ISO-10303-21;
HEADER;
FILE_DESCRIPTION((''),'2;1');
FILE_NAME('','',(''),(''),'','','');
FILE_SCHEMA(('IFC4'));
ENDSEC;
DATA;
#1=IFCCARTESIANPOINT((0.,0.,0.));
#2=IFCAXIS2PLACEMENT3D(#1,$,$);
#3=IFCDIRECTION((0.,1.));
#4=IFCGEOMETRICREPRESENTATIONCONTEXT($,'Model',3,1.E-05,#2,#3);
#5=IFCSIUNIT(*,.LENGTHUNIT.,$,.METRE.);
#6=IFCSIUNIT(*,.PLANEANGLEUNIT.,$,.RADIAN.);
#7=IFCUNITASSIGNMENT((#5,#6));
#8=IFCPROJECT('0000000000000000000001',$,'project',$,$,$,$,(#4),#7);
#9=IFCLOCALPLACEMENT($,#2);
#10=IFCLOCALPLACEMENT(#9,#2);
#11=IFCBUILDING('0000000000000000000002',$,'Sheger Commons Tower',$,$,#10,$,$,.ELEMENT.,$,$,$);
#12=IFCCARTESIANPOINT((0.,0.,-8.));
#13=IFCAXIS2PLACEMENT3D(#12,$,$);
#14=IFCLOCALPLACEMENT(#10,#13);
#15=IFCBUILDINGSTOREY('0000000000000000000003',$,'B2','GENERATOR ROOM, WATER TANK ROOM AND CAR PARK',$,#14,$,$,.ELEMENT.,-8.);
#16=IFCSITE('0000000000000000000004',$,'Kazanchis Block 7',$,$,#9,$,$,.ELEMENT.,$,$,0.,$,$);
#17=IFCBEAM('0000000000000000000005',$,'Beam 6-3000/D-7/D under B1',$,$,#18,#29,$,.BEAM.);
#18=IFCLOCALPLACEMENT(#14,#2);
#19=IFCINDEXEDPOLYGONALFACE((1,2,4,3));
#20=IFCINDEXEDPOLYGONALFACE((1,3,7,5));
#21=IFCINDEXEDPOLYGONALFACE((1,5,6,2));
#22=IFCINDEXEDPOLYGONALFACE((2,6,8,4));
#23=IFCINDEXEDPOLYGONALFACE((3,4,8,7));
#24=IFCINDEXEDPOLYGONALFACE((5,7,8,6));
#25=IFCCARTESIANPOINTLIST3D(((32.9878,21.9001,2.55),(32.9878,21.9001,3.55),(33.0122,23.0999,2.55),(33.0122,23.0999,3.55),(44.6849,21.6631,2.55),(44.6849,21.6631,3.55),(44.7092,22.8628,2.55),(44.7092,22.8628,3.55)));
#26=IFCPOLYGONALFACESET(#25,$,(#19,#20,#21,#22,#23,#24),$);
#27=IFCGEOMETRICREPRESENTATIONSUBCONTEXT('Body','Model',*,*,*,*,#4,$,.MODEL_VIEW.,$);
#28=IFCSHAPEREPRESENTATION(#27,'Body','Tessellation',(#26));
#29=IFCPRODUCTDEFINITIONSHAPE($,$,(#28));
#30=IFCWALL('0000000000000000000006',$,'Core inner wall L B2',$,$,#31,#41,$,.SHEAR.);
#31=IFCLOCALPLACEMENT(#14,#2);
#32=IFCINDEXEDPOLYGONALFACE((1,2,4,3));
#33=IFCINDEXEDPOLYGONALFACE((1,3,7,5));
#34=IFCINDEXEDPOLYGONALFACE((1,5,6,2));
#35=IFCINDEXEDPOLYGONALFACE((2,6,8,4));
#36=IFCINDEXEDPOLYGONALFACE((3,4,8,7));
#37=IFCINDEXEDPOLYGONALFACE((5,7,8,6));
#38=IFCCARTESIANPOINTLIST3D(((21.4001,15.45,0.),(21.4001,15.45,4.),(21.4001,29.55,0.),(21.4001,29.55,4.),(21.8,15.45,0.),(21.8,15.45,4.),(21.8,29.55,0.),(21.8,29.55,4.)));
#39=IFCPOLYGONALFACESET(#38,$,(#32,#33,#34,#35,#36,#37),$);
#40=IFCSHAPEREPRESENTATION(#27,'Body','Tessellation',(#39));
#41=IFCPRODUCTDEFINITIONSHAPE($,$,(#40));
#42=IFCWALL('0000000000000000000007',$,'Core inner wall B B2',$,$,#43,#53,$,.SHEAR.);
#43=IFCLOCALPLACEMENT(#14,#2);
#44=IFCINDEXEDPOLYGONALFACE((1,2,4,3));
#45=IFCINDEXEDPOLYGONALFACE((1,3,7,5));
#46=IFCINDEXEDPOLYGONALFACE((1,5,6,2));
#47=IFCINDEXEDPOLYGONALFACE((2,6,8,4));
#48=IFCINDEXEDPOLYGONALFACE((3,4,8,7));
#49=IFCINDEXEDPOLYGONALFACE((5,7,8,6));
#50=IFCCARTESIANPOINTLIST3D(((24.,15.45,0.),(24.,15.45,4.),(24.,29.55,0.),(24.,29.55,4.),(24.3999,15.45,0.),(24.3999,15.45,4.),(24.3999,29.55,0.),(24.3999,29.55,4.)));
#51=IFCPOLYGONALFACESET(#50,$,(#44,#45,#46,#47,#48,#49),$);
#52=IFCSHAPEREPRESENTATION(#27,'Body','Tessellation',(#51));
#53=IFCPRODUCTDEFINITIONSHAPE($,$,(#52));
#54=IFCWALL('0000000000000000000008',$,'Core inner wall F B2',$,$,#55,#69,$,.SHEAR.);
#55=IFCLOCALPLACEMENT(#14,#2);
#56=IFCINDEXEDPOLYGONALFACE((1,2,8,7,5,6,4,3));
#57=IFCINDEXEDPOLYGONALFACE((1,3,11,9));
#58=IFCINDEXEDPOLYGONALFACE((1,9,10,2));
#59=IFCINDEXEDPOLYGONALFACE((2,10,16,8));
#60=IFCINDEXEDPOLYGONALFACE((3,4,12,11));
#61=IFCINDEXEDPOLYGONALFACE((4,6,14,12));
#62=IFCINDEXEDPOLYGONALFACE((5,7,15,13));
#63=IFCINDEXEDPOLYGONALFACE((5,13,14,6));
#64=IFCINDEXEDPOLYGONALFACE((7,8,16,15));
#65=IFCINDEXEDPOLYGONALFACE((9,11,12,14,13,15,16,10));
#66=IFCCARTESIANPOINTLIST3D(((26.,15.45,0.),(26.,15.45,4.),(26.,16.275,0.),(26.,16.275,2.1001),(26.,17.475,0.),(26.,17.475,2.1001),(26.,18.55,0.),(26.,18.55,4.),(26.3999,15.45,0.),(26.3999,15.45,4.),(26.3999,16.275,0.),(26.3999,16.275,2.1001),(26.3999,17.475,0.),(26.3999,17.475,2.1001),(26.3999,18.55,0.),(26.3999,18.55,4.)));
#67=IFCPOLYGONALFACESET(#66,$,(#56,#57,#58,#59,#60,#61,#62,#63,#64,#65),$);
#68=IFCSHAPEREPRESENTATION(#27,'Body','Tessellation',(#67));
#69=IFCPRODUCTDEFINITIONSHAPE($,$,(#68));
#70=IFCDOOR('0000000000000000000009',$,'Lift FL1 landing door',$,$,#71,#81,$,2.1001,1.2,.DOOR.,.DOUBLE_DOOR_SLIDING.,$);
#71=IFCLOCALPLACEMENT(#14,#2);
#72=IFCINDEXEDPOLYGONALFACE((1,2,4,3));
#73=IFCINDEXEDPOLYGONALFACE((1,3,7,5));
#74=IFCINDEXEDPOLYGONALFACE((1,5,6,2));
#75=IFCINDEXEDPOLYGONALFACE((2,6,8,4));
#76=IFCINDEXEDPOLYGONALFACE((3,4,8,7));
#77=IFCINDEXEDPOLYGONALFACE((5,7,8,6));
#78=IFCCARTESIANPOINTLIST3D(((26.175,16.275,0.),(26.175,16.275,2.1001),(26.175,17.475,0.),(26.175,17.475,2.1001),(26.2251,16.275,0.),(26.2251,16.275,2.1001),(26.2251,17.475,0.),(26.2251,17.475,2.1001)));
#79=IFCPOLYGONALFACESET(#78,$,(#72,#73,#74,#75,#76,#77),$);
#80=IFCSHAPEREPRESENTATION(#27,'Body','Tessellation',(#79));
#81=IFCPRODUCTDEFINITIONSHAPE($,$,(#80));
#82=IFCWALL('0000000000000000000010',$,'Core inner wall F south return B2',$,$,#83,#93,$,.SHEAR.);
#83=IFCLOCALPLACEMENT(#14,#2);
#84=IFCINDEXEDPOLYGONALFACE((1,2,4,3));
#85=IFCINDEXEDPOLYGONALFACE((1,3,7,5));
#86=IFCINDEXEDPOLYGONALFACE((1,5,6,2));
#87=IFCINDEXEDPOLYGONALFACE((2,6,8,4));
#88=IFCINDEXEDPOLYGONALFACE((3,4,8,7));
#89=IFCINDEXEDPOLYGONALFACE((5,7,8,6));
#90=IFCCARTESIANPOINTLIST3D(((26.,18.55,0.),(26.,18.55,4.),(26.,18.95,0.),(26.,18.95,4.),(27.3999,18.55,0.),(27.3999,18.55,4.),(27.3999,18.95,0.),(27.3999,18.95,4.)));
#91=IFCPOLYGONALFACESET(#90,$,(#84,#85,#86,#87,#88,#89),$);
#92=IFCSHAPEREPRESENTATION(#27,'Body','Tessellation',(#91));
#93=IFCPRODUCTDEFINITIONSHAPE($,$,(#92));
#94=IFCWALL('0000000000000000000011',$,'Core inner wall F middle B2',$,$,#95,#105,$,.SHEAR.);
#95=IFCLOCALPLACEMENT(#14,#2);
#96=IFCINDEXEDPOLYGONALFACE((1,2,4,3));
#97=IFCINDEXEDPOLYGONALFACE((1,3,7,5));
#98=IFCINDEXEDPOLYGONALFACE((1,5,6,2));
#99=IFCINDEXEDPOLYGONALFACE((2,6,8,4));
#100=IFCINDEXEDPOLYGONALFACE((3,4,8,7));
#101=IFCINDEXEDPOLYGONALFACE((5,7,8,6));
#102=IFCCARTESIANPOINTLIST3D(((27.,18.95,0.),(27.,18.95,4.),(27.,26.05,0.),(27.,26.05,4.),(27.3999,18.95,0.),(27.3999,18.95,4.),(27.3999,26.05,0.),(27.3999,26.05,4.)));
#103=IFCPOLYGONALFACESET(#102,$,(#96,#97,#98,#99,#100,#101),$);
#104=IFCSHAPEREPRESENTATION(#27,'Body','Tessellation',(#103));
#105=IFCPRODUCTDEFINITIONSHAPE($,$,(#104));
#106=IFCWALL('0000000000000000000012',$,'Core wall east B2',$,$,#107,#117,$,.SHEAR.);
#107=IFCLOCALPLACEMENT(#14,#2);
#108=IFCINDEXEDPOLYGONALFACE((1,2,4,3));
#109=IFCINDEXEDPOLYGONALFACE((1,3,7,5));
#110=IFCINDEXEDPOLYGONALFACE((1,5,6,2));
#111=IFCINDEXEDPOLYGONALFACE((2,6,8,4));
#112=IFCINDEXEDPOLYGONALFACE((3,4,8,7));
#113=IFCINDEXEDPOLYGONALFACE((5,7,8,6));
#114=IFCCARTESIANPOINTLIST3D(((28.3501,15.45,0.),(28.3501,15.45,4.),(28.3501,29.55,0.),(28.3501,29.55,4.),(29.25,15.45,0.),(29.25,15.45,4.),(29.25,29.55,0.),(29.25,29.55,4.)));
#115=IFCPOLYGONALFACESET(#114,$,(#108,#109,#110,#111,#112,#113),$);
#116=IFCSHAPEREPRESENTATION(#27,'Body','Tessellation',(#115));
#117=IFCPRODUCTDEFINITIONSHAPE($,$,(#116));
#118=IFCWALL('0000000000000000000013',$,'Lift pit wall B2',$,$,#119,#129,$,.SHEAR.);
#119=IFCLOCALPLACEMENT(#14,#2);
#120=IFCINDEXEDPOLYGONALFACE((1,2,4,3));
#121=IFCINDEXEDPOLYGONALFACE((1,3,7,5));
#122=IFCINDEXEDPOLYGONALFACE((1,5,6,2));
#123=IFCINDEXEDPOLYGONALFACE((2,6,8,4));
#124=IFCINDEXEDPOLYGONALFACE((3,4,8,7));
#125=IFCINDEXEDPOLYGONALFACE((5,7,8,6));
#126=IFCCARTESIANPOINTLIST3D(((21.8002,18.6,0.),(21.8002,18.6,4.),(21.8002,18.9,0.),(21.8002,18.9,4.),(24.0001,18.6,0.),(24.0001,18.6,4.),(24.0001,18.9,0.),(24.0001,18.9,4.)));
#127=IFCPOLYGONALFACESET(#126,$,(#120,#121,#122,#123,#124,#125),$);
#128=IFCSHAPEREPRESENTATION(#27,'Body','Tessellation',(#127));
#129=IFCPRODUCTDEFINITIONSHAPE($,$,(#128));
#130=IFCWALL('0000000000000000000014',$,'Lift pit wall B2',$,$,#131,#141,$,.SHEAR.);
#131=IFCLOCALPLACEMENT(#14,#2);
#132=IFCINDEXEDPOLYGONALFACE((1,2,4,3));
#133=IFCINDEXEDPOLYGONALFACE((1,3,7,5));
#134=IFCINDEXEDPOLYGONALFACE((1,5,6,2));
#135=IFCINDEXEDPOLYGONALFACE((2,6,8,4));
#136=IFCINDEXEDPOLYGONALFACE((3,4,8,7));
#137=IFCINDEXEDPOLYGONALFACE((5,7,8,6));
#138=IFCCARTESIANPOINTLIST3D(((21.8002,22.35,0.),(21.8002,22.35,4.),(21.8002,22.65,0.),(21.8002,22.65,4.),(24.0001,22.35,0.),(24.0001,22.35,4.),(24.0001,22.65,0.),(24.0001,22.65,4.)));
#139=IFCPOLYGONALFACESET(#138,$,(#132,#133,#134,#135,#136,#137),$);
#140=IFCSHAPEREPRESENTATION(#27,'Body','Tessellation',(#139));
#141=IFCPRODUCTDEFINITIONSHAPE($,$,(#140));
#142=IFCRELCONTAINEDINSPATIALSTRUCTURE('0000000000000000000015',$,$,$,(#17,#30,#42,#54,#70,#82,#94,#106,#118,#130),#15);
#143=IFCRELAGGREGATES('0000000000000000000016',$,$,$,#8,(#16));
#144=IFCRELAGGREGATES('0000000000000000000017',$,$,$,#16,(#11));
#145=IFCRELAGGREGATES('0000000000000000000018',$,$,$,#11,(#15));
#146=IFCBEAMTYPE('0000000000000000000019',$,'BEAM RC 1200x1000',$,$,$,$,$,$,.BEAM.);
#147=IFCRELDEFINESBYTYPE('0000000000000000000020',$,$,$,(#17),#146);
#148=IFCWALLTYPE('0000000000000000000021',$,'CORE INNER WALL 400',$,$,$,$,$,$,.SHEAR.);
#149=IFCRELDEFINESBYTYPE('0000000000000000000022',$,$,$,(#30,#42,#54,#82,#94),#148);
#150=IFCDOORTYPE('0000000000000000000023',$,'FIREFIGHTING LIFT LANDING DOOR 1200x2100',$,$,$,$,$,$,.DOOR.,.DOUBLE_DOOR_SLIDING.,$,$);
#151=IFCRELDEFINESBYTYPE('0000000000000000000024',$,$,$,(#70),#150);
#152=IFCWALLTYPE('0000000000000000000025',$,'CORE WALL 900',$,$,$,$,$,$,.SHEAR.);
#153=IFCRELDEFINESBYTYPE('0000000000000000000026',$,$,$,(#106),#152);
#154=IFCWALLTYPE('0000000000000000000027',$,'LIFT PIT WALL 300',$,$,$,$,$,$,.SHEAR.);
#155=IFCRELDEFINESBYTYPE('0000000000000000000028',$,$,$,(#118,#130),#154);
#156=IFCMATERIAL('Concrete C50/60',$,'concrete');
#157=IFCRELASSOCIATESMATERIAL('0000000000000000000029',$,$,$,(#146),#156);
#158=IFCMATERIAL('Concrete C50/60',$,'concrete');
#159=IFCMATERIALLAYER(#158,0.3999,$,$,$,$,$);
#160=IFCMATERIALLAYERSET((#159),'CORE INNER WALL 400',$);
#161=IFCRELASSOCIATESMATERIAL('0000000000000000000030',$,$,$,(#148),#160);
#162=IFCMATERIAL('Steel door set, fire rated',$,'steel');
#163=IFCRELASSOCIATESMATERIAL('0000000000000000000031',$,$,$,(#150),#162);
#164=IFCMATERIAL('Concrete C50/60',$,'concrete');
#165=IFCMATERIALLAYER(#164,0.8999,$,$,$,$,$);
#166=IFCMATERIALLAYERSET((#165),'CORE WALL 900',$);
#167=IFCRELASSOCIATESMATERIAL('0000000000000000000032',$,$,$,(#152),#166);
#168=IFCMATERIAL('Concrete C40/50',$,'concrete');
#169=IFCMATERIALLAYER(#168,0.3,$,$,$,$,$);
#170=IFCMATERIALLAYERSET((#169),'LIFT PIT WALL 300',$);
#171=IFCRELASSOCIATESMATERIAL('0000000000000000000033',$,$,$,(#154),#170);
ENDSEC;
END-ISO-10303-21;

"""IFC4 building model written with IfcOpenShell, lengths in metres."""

from ifc_helpers import new_model, si_unit, direction, frame, frame_2d, origin, origin_2d, place, context, subcontext, project, spatial, rectangle, extrude, material, layer, layer_set, material_profile, profile_set, type_object, element, fill, save


model = new_model("IFC4")

# Units and contexts
model_context = context("Model", 3, precision=1e-05, world=origin(), true_north=direction((0.0, 1.0)))
body_context = subcontext(model_context, "Body", "Model", "MODEL_VIEW")
ifc_project = project(units=[si_unit("LENGTHUNIT", "METRE"), si_unit("PLANEANGLEUNIT", "RADIAN")], contexts=[model_context])

# Site, building, storey
site_placement = place(None, origin())
site = spatial("IfcSite", under=ifc_project, at=site_placement, Name="Kazanchis Block 7", CompositionType="ELEMENT", RefElevation=0.0)
building_placement = place(site_placement, origin())
building = spatial("IfcBuilding", under=site, at=building_placement, Name="Sheger Commons Tower", CompositionType="ELEMENT")
storey_placement = place(building_placement, frame((0.0, 0.0, -8.0)))
storey = spatial("IfcBuildingStorey", under=building, at=storey_placement, Name="B2", Description="GENERATOR ROOM, WATER TANK ROOM AND CAR PARK", CompositionType="ELEMENT", Elevation=-8.0)

# Beam
ifc_material_1 = material(Name="Concrete C50/60", Category="concrete")
ifc_material_profile_1 = material_profile(ifc_material_1, rectangle(XDim=1.2, YDim=1.0, at=origin_2d()), Name="RC 1200x1000")
ifc_profile_set_1 = profile_set([ifc_material_profile_1], Name="Concrete C50/60")
beam_type = type_object("IfcBeamType", Name="BEAM RC 1200x1000", PredefinedType="BEAM", material=ifc_profile_set_1)
beam_1_placement = place(storey_placement, frame((33.0, 22.5, 3.05), z_axis=(0.999795, -0.020263, 0.0), x_axis=(0.020263, 0.999795, 0.0)))
element("IfcBeam", 1, at=beam_1_placement, inside=storey, type_object=beam_type, Name="Beam 6-3000/D-7/D under B1", PredefinedType="BEAM", context=body_context, shape_type="SweptSolid", body=[
    extrude(rectangle(XDim=1.2, YDim=1.0, at=origin_2d()), origin(), (0.0, 0.0, 1.0), 11.6995),
])

# Walls
ifc_material_2 = material(Name="Concrete C50/60", Category="concrete")
ifc_layer_1 = layer(ifc_material_2, 0.3999)
ifc_layer_set_1 = layer_set([ifc_layer_1], Name="CORE INNER WALL 400")
wall_type_1 = type_object("IfcWallType", Name="CORE INNER WALL 400", PredefinedType="SHEAR", material=ifc_layer_set_1)
for number, where, z_axis, x_axis, name in (
    (2, (21.6001, 15.45, 0.0), (0.0, 0.0, 1.0), (0.0, 1.0, 0.0), "Core inner wall L B2"),
    (3, (24.2, 15.45, 0.0), (0.0, 0.0, 1.0), (0.0, 1.0, 0.0), "Core inner wall B B2"),
):
    element("IfcWall", number, at=place(storey_placement, frame(where, z_axis=z_axis, x_axis=x_axis)), inside=storey, type_object=wall_type_1, Name=name, PredefinedType="SHEAR", context=body_context, shape_type="SweptSolid", body=[
        extrude(rectangle(XDim=14.1001, YDim=0.3999, at=frame_2d((7.05, 0.0))), origin(), (0.0, 0.0, 1.0), 4.0),
    ])

# Wall, opening, door
wall_1_placement = place(storey_placement, frame((26.2, 15.45, 0.0), z_axis=(0.0, 0.0, 1.0), x_axis=(0.0, 1.0, 0.0)))
wall_1 = element("IfcWall", 4, at=wall_1_placement, inside=storey, type_object=wall_type_1, Name="Core inner wall F B2", PredefinedType="SHEAR", context=body_context, shape_type="SweptSolid", body=[
    extrude(rectangle(XDim=3.1001, YDim=0.3999, at=frame_2d((1.55, 0.0))), origin(), (0.0, 0.0, 1.0), 4.0),
])
opening_1_placement = place(wall_1_placement, frame((0.825, 0.0, 0.0)))
opening_1 = element("IfcOpeningElement", 5, at=opening_1_placement, cuts=wall_1, PredefinedType="OPENING", context=body_context, shape_type="SweptSolid", body=[
    extrude(rectangle(XDim=1.2, YDim=2.1001, at=frame_2d((0.6001, 1.05))), frame((0.0, 0.21, 0.0), z_axis=(0.0, -1.0, 0.0), x_axis=(1.0, 0.0, 0.0)), (0.0, 0.0, 1.0), 0.4199),
])
ifc_material_3 = material(Name="Steel door set, fire rated", Category="steel")
door_type_1 = type_object("IfcDoorType", Name="FIREFIGHTING LIFT LANDING DOOR 1200x2100", OperationType="DOUBLE_DOOR_SLIDING", PredefinedType="DOOR", material=ifc_material_3)
door_1_placement = place(opening_1_placement, origin())
door_1 = element("IfcDoor", 6, at=door_1_placement, inside=storey, type_object=door_type_1, Name="Lift FL1 landing door", OperationType="DOUBLE_DOOR_SLIDING", OverallHeight=2.1001, OverallWidth=1.2, PredefinedType="DOOR", context=body_context, shape_type="SweptSolid", body=[
    extrude(rectangle(XDim=1.2, YDim=2.1001, at=frame_2d((0.6001, 1.05))), frame((0.0, 0.0249, 0.0), z_axis=(0.0, -1.0, 0.0), x_axis=(1.0, 0.0, 0.0)), (0.0, 0.0, 1.0), 0.05),
])
fill(opening_1, door_1)

# Walls
wall_2_placement = place(storey_placement, frame((26.0, 18.75, 0.0), z_axis=(0.0, 0.0, 1.0), x_axis=(1.0, 0.0, 0.0)))
element("IfcWall", 7, at=wall_2_placement, inside=storey, type_object=wall_type_1, Name="Core inner wall F south return B2", PredefinedType="SHEAR", context=body_context, shape_type="SweptSolid", body=[
    extrude(rectangle(XDim=1.3999, YDim=0.3999, at=frame_2d((0.7, 0.0))), origin(), (0.0, 0.0, 1.0), 4.0),
])
wall_3_placement = place(storey_placement, frame((27.2, 18.95, 0.0), z_axis=(0.0, 0.0, 1.0), x_axis=(0.0, 1.0, 0.0)))
element("IfcWall", 8, at=wall_3_placement, inside=storey, type_object=wall_type_1, Name="Core inner wall F middle B2", PredefinedType="SHEAR", context=body_context, shape_type="SweptSolid", body=[
    extrude(rectangle(XDim=7.1001, YDim=0.3999, at=frame_2d((3.55, 0.0))), origin(), (0.0, 0.0, 1.0), 4.0),
])
ifc_material_4 = material(Name="Concrete C50/60", Category="concrete")
ifc_layer_2 = layer(ifc_material_4, 0.8999)
ifc_layer_set_2 = layer_set([ifc_layer_2], Name="CORE WALL 900")
wall_type_2 = type_object("IfcWallType", Name="CORE WALL 900", PredefinedType="SHEAR", material=ifc_layer_set_2)
wall_4_placement = place(storey_placement, frame((28.8, 15.45, 0.0), z_axis=(0.0, 0.0, 1.0), x_axis=(0.0, 1.0, 0.0)))
element("IfcWall", 9, at=wall_4_placement, inside=storey, type_object=wall_type_2, Name="Core wall east B2", PredefinedType="SHEAR", context=body_context, shape_type="SweptSolid", body=[
    extrude(rectangle(XDim=14.1001, YDim=0.8999, at=frame_2d((7.05, 0.0))), origin(), (0.0, 0.0, 1.0), 4.0),
])
ifc_material_5 = material(Name="Concrete C40/50", Category="concrete")
ifc_layer_3 = layer(ifc_material_5, 0.3)
ifc_layer_set_3 = layer_set([ifc_layer_3], Name="LIFT PIT WALL 300")
wall_type_3 = type_object("IfcWallType", Name="LIFT PIT WALL 300", PredefinedType="SHEAR", material=ifc_layer_set_3)
for number, where, z_axis, x_axis, name in (
    (10, (21.8, 18.75, 0.0), (0.0, 0.0, 1.0), (1.0, 0.0, 0.0), "Lift pit wall B2"),
    (11, (21.8, 22.5, 0.0), (0.0, 0.0, 1.0), (1.0, 0.0, 0.0), "Lift pit wall B2"),
):
    element("IfcWall", number, at=place(storey_placement, frame(where, z_axis=z_axis, x_axis=x_axis)), inside=storey, type_object=wall_type_3, Name=name, PredefinedType="SHEAR", context=body_context, shape_type="SweptSolid", body=[
        extrude(rectangle(XDim=2.2, YDim=0.3, at=frame_2d((1.1001, 0.0))), origin(), (0.0, 0.0, 1.0), 4.0),
    ])

save(model, "model.ifc")
